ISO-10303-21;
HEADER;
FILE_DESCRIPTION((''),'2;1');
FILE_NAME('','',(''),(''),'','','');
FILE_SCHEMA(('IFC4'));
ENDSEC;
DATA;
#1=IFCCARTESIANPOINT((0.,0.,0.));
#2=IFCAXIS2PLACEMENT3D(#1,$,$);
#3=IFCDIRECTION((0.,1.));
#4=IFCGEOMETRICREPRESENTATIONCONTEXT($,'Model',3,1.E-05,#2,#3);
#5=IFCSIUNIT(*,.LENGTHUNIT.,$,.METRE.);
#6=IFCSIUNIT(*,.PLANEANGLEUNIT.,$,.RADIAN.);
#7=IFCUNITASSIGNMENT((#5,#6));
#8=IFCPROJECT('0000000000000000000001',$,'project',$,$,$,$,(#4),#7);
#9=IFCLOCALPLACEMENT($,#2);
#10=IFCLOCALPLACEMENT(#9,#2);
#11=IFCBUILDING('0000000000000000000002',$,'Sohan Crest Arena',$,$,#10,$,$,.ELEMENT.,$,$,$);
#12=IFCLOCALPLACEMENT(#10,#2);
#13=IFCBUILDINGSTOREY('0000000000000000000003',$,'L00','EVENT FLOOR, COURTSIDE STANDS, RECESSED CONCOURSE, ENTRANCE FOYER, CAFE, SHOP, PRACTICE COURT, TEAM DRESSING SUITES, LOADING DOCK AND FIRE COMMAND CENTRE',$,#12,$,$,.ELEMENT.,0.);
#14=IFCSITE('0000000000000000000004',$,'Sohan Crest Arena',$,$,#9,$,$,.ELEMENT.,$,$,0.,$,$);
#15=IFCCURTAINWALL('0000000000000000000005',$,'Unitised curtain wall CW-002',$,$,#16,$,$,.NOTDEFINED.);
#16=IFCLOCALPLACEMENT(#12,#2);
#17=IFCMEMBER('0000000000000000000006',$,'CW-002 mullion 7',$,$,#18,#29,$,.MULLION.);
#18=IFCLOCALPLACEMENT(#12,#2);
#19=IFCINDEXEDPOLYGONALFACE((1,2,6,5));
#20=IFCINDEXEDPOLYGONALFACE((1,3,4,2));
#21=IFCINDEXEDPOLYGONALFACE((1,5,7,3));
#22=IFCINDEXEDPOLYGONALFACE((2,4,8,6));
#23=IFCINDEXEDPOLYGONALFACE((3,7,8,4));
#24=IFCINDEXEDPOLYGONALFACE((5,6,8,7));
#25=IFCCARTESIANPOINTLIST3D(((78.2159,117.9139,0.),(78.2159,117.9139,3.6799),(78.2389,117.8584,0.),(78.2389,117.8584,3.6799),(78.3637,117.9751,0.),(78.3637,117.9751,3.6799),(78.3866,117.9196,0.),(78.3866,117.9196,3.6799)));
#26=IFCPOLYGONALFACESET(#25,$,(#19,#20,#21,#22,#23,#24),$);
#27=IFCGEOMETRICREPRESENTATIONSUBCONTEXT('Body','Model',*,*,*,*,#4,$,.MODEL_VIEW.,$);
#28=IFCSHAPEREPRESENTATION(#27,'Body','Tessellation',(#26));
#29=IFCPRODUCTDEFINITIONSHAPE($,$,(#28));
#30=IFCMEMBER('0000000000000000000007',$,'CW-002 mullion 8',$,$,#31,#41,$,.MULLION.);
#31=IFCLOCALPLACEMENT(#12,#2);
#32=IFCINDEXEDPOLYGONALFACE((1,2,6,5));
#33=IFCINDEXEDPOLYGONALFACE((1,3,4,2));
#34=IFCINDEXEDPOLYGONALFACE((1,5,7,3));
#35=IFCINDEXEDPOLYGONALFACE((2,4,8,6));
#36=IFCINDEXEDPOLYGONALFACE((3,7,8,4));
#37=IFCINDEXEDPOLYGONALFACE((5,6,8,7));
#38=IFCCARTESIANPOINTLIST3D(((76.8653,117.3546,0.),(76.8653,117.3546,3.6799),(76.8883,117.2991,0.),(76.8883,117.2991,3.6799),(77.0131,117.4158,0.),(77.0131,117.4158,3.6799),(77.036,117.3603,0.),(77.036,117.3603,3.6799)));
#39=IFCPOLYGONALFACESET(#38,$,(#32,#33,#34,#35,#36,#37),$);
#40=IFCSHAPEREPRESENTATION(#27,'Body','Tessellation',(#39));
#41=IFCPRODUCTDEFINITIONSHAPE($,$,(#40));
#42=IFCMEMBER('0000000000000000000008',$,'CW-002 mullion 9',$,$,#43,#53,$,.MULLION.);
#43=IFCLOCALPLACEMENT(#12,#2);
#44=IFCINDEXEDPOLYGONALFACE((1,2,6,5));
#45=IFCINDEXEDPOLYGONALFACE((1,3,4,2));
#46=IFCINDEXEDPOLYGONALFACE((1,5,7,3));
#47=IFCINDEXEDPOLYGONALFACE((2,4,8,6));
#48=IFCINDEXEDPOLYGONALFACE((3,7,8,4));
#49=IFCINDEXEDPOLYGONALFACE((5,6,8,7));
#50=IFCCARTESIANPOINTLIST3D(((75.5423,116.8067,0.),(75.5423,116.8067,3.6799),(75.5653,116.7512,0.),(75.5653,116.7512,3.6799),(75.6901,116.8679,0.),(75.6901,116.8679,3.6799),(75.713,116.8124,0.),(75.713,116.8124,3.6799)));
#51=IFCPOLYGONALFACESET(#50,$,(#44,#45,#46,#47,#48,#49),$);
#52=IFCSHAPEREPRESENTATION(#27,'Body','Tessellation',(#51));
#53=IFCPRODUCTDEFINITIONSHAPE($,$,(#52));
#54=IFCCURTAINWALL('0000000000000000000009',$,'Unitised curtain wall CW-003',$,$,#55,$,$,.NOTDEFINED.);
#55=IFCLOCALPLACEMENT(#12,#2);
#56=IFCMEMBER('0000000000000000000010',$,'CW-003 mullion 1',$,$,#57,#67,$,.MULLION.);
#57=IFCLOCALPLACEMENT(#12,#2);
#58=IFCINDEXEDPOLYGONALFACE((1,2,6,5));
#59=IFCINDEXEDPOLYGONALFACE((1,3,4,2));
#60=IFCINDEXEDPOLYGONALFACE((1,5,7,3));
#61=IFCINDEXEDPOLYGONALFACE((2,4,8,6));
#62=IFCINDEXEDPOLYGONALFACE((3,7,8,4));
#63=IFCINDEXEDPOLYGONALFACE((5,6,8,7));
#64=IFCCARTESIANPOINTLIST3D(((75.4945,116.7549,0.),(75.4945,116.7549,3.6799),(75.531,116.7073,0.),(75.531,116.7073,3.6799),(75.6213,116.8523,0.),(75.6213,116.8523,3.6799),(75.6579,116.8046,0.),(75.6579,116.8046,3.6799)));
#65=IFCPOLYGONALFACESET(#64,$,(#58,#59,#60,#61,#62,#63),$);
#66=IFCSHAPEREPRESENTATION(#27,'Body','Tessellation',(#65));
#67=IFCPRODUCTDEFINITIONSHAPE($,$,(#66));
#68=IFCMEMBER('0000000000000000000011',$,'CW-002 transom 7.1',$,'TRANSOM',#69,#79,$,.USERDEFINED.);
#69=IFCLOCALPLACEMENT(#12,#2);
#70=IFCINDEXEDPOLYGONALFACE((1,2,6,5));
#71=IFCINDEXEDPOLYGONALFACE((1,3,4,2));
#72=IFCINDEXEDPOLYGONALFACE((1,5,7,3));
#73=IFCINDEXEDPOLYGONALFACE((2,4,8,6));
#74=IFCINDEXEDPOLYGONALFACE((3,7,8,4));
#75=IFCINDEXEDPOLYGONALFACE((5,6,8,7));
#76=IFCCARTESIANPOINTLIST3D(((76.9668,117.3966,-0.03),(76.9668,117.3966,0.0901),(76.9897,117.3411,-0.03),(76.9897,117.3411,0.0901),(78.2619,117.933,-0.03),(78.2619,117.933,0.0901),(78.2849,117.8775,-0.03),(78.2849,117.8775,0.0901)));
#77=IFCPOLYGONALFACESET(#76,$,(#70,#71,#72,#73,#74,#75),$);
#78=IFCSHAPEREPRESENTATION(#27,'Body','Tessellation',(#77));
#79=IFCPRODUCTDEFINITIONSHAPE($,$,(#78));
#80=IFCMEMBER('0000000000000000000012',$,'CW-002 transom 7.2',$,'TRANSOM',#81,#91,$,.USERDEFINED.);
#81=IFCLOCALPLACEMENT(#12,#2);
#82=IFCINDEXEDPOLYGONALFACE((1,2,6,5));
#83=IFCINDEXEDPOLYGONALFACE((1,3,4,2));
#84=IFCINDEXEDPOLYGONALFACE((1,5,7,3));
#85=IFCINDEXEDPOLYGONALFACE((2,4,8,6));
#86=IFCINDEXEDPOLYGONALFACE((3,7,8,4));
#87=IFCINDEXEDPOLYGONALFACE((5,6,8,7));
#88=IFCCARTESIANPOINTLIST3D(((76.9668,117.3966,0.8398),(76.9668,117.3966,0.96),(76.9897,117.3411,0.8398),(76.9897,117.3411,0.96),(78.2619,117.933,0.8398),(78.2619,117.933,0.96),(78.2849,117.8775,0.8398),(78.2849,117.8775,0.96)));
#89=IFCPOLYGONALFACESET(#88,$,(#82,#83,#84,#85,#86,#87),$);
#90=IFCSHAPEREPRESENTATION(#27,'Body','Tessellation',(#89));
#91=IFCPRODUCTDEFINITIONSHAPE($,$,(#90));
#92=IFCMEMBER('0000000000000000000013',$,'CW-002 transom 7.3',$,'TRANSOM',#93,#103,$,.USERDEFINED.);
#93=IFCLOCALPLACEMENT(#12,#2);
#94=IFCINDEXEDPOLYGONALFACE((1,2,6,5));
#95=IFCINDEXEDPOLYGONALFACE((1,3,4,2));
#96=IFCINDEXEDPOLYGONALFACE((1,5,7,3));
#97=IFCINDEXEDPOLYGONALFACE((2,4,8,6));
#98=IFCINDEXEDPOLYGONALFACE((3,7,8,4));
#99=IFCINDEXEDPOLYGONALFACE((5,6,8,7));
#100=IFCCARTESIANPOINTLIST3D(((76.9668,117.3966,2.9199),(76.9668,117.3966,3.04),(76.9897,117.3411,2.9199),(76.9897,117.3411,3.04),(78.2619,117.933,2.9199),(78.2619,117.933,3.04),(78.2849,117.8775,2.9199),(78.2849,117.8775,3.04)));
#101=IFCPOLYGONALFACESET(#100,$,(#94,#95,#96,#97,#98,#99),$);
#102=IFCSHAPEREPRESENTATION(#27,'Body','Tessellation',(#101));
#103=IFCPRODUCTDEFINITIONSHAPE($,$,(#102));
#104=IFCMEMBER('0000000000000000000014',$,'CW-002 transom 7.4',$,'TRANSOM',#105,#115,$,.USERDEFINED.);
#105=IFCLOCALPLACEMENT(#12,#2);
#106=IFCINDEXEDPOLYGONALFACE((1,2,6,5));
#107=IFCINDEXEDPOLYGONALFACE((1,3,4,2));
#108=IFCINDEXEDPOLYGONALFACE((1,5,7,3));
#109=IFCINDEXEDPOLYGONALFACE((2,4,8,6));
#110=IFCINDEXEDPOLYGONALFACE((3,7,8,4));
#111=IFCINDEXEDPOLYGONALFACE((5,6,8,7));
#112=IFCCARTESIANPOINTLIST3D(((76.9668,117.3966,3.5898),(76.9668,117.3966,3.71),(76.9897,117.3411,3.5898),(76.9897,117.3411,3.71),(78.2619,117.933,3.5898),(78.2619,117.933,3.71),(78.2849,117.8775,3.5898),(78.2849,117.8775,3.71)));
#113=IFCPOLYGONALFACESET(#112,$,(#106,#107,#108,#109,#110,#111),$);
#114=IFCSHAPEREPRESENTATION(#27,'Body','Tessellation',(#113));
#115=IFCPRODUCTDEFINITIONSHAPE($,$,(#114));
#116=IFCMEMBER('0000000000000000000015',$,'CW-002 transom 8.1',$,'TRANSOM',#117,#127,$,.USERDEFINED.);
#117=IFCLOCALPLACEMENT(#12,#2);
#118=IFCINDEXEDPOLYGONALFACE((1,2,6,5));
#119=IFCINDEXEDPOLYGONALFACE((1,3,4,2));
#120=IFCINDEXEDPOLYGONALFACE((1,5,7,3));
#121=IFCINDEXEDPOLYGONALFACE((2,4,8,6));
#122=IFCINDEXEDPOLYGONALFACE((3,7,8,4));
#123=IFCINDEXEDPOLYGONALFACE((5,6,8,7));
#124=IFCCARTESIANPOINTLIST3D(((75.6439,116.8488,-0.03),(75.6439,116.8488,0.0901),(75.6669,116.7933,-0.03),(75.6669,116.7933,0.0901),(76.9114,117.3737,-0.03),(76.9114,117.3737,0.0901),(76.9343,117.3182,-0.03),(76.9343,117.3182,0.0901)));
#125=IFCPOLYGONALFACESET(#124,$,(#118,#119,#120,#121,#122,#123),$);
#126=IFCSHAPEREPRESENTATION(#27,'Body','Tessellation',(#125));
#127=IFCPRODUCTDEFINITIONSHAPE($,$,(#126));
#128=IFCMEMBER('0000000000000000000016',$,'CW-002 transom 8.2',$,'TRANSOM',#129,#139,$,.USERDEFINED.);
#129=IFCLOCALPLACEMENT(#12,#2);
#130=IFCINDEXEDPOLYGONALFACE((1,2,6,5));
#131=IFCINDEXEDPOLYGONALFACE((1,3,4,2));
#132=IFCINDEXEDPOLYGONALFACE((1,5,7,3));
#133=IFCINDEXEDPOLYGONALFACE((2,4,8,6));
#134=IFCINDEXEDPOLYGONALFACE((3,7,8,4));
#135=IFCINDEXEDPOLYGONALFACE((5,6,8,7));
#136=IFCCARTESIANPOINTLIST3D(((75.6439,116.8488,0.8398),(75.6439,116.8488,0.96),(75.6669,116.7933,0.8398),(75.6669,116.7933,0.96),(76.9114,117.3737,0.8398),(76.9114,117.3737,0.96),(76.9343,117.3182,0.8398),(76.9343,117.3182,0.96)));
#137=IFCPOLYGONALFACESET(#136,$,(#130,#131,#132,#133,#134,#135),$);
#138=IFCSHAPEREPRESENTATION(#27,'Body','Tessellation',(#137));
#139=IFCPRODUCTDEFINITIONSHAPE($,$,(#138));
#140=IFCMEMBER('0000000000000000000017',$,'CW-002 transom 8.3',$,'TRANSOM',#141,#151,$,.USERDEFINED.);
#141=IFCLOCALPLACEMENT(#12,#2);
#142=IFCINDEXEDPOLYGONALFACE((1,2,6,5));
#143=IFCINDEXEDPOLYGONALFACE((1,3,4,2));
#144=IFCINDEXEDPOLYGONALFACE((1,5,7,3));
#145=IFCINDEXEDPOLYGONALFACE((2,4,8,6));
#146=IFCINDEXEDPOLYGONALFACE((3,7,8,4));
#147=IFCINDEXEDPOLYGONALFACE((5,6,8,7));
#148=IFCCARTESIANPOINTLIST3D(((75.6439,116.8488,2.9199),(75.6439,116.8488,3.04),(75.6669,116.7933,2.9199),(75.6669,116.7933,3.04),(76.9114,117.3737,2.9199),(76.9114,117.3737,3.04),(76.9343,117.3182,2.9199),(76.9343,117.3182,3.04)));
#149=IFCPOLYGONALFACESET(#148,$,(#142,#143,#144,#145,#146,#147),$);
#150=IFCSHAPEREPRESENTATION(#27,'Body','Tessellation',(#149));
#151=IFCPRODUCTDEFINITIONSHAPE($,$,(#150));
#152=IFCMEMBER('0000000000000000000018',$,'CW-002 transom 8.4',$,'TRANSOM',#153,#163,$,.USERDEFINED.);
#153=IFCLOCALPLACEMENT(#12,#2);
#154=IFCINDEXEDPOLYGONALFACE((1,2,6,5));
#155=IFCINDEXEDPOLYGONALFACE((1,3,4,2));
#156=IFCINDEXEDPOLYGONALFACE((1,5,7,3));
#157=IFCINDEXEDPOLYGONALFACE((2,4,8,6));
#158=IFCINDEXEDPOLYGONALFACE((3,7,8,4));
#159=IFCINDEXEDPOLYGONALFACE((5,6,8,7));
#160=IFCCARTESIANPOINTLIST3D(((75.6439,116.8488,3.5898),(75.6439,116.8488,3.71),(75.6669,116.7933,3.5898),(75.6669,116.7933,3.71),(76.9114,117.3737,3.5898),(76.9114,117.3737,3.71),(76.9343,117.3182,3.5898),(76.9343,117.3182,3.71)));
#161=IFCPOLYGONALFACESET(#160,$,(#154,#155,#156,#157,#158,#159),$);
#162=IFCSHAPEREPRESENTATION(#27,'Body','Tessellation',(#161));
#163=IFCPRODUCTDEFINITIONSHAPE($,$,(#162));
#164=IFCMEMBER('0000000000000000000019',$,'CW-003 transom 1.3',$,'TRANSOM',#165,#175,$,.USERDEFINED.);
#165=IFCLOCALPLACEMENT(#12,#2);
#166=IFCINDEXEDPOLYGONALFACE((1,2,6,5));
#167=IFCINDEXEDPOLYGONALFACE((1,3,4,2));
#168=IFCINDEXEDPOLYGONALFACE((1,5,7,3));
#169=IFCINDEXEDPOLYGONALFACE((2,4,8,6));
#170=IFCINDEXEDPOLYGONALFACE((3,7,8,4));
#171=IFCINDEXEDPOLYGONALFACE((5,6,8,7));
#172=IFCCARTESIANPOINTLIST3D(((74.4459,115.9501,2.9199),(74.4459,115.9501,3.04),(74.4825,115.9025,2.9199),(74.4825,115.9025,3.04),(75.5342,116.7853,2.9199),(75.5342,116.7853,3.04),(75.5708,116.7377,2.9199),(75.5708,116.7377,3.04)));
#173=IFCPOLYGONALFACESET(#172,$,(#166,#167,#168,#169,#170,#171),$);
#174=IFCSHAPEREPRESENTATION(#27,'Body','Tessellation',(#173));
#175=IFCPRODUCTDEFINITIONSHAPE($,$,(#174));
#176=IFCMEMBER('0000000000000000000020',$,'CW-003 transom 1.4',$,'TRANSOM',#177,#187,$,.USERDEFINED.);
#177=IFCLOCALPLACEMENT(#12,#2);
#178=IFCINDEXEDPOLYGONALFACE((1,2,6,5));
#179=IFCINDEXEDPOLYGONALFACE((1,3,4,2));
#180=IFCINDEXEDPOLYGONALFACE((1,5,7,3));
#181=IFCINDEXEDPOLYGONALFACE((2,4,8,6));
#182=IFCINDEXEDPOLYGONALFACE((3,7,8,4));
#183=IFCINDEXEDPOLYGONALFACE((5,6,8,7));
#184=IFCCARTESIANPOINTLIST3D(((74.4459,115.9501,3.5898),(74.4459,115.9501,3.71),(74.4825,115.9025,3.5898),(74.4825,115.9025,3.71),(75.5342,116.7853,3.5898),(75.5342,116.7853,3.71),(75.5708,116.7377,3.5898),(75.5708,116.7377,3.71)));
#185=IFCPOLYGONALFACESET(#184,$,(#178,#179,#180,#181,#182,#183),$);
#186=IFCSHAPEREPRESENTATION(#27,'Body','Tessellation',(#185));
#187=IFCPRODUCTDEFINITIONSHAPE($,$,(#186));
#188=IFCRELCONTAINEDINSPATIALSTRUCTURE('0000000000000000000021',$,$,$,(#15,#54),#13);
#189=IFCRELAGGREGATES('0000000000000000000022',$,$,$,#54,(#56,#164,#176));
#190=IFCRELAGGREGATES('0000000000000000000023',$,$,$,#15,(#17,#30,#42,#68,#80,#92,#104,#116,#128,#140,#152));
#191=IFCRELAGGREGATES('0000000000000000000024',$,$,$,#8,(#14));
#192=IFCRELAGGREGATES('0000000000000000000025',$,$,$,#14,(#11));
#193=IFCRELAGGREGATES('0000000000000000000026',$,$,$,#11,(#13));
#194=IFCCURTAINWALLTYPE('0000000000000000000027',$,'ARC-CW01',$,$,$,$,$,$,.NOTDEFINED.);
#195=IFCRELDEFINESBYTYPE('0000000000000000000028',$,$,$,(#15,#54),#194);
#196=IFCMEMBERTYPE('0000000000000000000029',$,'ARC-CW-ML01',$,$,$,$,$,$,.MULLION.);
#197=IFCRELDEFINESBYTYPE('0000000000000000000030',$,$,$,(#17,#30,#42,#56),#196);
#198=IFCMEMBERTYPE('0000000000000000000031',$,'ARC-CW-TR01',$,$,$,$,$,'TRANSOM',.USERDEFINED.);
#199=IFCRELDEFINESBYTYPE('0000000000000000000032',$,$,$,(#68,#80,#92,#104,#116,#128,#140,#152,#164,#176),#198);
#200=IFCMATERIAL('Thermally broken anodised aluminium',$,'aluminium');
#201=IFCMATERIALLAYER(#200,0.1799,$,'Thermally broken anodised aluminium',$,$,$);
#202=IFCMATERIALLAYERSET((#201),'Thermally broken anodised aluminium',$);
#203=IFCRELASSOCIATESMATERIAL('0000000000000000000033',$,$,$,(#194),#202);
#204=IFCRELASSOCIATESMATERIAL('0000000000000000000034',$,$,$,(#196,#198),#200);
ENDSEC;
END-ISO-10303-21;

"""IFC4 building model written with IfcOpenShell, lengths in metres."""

from ifc_helpers import new_model, si_unit, direction, frame, origin, origin_2d, place, context, subcontext, project, spatial, rectangle, extrude, material, layer, layer_set, material_profile, profile_set, type_object, element, aggregate, save


model = new_model("IFC4")

# Units and contexts
model_context = context("Model", 3, precision=1e-05, world=origin(), true_north=direction((0.0, 1.0)))
body_context = subcontext(model_context, "Body", "Model", "MODEL_VIEW")
ifc_project = project(units=[si_unit("LENGTHUNIT", "METRE"), si_unit("PLANEANGLEUNIT", "RADIAN")], contexts=[model_context])

# Site, building, storey
site_placement = place(None, origin())
site = spatial("IfcSite", under=ifc_project, at=site_placement, Name="Sohan Crest Arena", CompositionType="ELEMENT", RefElevation=0.0)
building_placement = place(site_placement, origin())
building = spatial("IfcBuilding", under=site, at=building_placement, Name="Sohan Crest Arena", CompositionType="ELEMENT")
storey_placement = place(building_placement, origin())
storey = spatial("IfcBuildingStorey", under=building, at=storey_placement, Name="L00", Description="EVENT FLOOR, COURTSIDE STANDS, RECESSED CONCOURSE, ENTRANCE FOYER, CAFE, SHOP, PRACTICE COURT, TEAM DRESSING SUITES, LOADING DOCK AND FIRE COMMAND CENTRE", CompositionType="ELEMENT", Elevation=0.0)

# Curtain wall, members
ifc_material_1 = material(Name="Thermally broken anodised aluminium", Category="aluminium")
ifc_layer_1 = layer(ifc_material_1, 0.1799, Name="Thermally broken anodised aluminium")
ifc_layer_set_1 = layer_set([ifc_layer_1], Name="Thermally broken anodised aluminium")
curtain_wall_type = type_object("IfcCurtainWallType", Name="ARC-CW01", PredefinedType="NOTDEFINED", material=ifc_layer_set_1)
curtain_wall_1_placement = place(storey_placement, origin())
curtain_wall_1 = element("IfcCurtainWall", 1, at=curtain_wall_1_placement, inside=storey, type_object=curtain_wall_type, Name="Unitised curtain wall CW-002", PredefinedType="NOTDEFINED")
ifc_material_profile_1 = material_profile(ifc_material_1, rectangle(XDim=0.0601, YDim=0.1599, at=origin_2d()), Name="ALU-MULL 60x160")
ifc_profile_set_1 = profile_set([ifc_material_profile_1], Name="Thermally broken anodised aluminium")
member_type_1 = type_object("IfcMemberType", Name="ARC-CW-ML01", PredefinedType="MULLION", material=ifc_profile_set_1)
member_1_placement = place(storey_placement, frame((78.3013, 117.9167, 0.0), z_axis=(0.0, 0.0, 1.0), x_axis=(0.382641, -0.923897, 0.0)))
member_1 = element("IfcMember", 2, at=member_1_placement, type_object=member_type_1, Name="CW-002 mullion 7", PredefinedType="MULLION", context=body_context, shape_type="SweptSolid", body=[
    extrude(rectangle(XDim=0.0601, YDim=0.1599, at=origin_2d()), origin(), (0.0, 0.0, 1.0), 3.6799),
])
member_2_placement = place(storey_placement, frame((76.9507, 117.3574, 0.0), z_axis=(0.0, 0.0, 1.0), x_axis=(0.382641, -0.923897, 0.0)))
member_2 = element("IfcMember", 3, at=member_2_placement, type_object=member_type_1, Name="CW-002 mullion 8", PredefinedType="MULLION", context=body_context, shape_type="SweptSolid", body=[
    extrude(rectangle(XDim=0.0601, YDim=0.1599, at=origin_2d()), origin(), (0.0, 0.0, 1.0), 3.6799),
])
member_3_placement = place(storey_placement, frame((75.6277, 116.8096, 0.0), z_axis=(0.0, 0.0, 1.0), x_axis=(0.382641, -0.923897, 0.0)))
member_3 = element("IfcMember", 4, at=member_3_placement, type_object=member_type_1, Name="CW-002 mullion 9", PredefinedType="MULLION", context=body_context, shape_type="SweptSolid", body=[
    extrude(rectangle(XDim=0.0601, YDim=0.1599, at=origin_2d()), origin(), (0.0, 0.0, 1.0), 3.6799),
])

# Curtain wall, member
curtain_wall_2_placement = place(storey_placement, origin())
curtain_wall_2 = element("IfcCurtainWall", 5, at=curtain_wall_2_placement, inside=storey, type_object=curtain_wall_type, Name="Unitised curtain wall CW-003", PredefinedType="NOTDEFINED")
member_4_placement = place(storey_placement, frame((75.5762, 116.7798, 0.0), z_axis=(0.0, 0.0, 1.0), x_axis=(0.608801, -0.793323, 0.0)))
member_4 = element("IfcMember", 6, at=member_4_placement, type_object=member_type_1, Name="CW-003 mullion 1", PredefinedType="MULLION", context=body_context, shape_type="SweptSolid", body=[
    extrude(rectangle(XDim=0.0601, YDim=0.1599, at=origin_2d()), origin(), (0.0, 0.0, 1.0), 3.6799),
])

# Members
ifc_material_profile_2 = material_profile(ifc_material_1, rectangle(XDim=0.0601, YDim=0.1201, at=origin_2d()), Name="ALU-TRAN 60x120")
ifc_profile_set_2 = profile_set([ifc_material_profile_2], Name="Thermally broken anodised aluminium")
member_type_2 = type_object("IfcMemberType", Name="ARC-CW-TR01", ElementType="TRANSOM", PredefinedType="USERDEFINED", material=ifc_profile_set_2)
member_5_placement = place(storey_placement, frame((78.2734, 117.9053, 0.03), z_axis=(-0.923904, -0.382624, 0.0), x_axis=(0.382624, -0.923904, 0.0)))
member_5 = element("IfcMember", 7, at=member_5_placement, type_object=member_type_2, Name="CW-002 transom 7.1", ObjectType="TRANSOM", PredefinedType="USERDEFINED", context=body_context, shape_type="SweptSolid", body=[
    extrude(rectangle(XDim=0.0601, YDim=0.1201, at=origin_2d()), origin(), (0.0, 0.0, 1.0), 1.4019),
])
member_6_placement = place(storey_placement, frame((78.2734, 117.9053, 0.8999), z_axis=(-0.923904, -0.382624, 0.0), x_axis=(0.382624, -0.923904, 0.0)))
member_6 = element("IfcMember", 8, at=member_6_placement, type_object=member_type_2, Name="CW-002 transom 7.2", ObjectType="TRANSOM", PredefinedType="USERDEFINED", context=body_context, shape_type="SweptSolid", body=[
    extrude(rectangle(XDim=0.0601, YDim=0.1201, at=origin_2d()), origin(), (0.0, 0.0, 1.0), 1.4019),
])
member_7_placement = place(storey_placement, frame((78.2734, 117.9053, 2.98), z_axis=(-0.923904, -0.382624, 0.0), x_axis=(0.382624, -0.923904, 0.0)))
member_7 = element("IfcMember", 9, at=member_7_placement, type_object=member_type_2, Name="CW-002 transom 7.3", ObjectType="TRANSOM", PredefinedType="USERDEFINED", context=body_context, shape_type="SweptSolid", body=[
    extrude(rectangle(XDim=0.0601, YDim=0.1201, at=origin_2d()), origin(), (0.0, 0.0, 1.0), 1.4019),
])
member_8_placement = place(storey_placement, frame((78.2734, 117.9053, 3.6499), z_axis=(-0.923904, -0.382624, 0.0), x_axis=(0.382624, -0.923904, 0.0)))
member_8 = element("IfcMember", 10, at=member_8_placement, type_object=member_type_2, Name="CW-002 transom 7.4", ObjectType="TRANSOM", PredefinedType="USERDEFINED", context=body_context, shape_type="SweptSolid", body=[
    extrude(rectangle(XDim=0.0601, YDim=0.1201, at=origin_2d()), origin(), (0.0, 0.0, 1.0), 1.4019),
])
member_9_placement = place(storey_placement, frame((76.9229, 117.3459, 0.03), z_axis=(-0.923891, -0.382656, 0.0), x_axis=(0.382656, -0.923891, 0.0)))
member_9 = element("IfcMember", 11, at=member_9_placement, type_object=member_type_2, Name="CW-002 transom 8.1", ObjectType="TRANSOM", PredefinedType="USERDEFINED", context=body_context, shape_type="SweptSolid", body=[
    extrude(rectangle(XDim=0.0601, YDim=0.1201, at=origin_2d()), origin(), (0.0, 0.0, 1.0), 1.3718),
])
member_10_placement = place(storey_placement, frame((76.9229, 117.3459, 0.8999), z_axis=(-0.923891, -0.382656, 0.0), x_axis=(0.382656, -0.923891, 0.0)))
member_10 = element("IfcMember", 12, at=member_10_placement, type_object=member_type_2, Name="CW-002 transom 8.2", ObjectType="TRANSOM", PredefinedType="USERDEFINED", context=body_context, shape_type="SweptSolid", body=[
    extrude(rectangle(XDim=0.0601, YDim=0.1201, at=origin_2d()), origin(), (0.0, 0.0, 1.0), 1.3718),
])
member_11_placement = place(storey_placement, frame((76.9229, 117.3459, 2.98), z_axis=(-0.923891, -0.382656, 0.0), x_axis=(0.382656, -0.923891, 0.0)))
member_11 = element("IfcMember", 13, at=member_11_placement, type_object=member_type_2, Name="CW-002 transom 8.3", ObjectType="TRANSOM", PredefinedType="USERDEFINED", context=body_context, shape_type="SweptSolid", body=[
    extrude(rectangle(XDim=0.0601, YDim=0.1201, at=origin_2d()), origin(), (0.0, 0.0, 1.0), 1.3718),
])
member_12_placement = place(storey_placement, frame((76.9229, 117.3459, 3.6499), z_axis=(-0.923891, -0.382656, 0.0), x_axis=(0.382656, -0.923891, 0.0)))
member_12 = element("IfcMember", 14, at=member_12_placement, type_object=member_type_2, Name="CW-002 transom 8.4", ObjectType="TRANSOM", PredefinedType="USERDEFINED", context=body_context, shape_type="SweptSolid", body=[
    extrude(rectangle(XDim=0.0601, YDim=0.1201, at=origin_2d()), origin(), (0.0, 0.0, 1.0), 1.3718),
])
member_13_placement = place(storey_placement, frame((75.5525, 116.7615, 2.98), z_axis=(-0.793331, -0.60879, 0.0), x_axis=(0.60879, -0.793331, 0.0)))
member_13 = element("IfcMember", 15, at=member_13_placement, type_object=member_type_2, Name="CW-003 transom 1.3", ObjectType="TRANSOM", PredefinedType="USERDEFINED", context=body_context, shape_type="SweptSolid", body=[
    extrude(rectangle(XDim=0.0601, YDim=0.1201, at=origin_2d()), origin(), (0.0, 0.0, 1.0), 1.3718),
])
member_14_placement = place(storey_placement, frame((75.5525, 116.7615, 3.6499), z_axis=(-0.793331, -0.60879, 0.0), x_axis=(0.60879, -0.793331, 0.0)))
member_14 = element("IfcMember", 16, at=member_14_placement, type_object=member_type_2, Name="CW-003 transom 1.4", ObjectType="TRANSOM", PredefinedType="USERDEFINED", context=body_context, shape_type="SweptSolid", body=[
    extrude(rectangle(XDim=0.0601, YDim=0.1201, at=origin_2d()), origin(), (0.0, 0.0, 1.0), 1.3718),
])
aggregate(curtain_wall_2, [member_4, member_13, member_14])

aggregate(curtain_wall_1, [member_1, member_2, member_3, member_5, member_6, member_7, member_8, member_9, member_10, member_11, member_12])

save(model, "model.ifc")
